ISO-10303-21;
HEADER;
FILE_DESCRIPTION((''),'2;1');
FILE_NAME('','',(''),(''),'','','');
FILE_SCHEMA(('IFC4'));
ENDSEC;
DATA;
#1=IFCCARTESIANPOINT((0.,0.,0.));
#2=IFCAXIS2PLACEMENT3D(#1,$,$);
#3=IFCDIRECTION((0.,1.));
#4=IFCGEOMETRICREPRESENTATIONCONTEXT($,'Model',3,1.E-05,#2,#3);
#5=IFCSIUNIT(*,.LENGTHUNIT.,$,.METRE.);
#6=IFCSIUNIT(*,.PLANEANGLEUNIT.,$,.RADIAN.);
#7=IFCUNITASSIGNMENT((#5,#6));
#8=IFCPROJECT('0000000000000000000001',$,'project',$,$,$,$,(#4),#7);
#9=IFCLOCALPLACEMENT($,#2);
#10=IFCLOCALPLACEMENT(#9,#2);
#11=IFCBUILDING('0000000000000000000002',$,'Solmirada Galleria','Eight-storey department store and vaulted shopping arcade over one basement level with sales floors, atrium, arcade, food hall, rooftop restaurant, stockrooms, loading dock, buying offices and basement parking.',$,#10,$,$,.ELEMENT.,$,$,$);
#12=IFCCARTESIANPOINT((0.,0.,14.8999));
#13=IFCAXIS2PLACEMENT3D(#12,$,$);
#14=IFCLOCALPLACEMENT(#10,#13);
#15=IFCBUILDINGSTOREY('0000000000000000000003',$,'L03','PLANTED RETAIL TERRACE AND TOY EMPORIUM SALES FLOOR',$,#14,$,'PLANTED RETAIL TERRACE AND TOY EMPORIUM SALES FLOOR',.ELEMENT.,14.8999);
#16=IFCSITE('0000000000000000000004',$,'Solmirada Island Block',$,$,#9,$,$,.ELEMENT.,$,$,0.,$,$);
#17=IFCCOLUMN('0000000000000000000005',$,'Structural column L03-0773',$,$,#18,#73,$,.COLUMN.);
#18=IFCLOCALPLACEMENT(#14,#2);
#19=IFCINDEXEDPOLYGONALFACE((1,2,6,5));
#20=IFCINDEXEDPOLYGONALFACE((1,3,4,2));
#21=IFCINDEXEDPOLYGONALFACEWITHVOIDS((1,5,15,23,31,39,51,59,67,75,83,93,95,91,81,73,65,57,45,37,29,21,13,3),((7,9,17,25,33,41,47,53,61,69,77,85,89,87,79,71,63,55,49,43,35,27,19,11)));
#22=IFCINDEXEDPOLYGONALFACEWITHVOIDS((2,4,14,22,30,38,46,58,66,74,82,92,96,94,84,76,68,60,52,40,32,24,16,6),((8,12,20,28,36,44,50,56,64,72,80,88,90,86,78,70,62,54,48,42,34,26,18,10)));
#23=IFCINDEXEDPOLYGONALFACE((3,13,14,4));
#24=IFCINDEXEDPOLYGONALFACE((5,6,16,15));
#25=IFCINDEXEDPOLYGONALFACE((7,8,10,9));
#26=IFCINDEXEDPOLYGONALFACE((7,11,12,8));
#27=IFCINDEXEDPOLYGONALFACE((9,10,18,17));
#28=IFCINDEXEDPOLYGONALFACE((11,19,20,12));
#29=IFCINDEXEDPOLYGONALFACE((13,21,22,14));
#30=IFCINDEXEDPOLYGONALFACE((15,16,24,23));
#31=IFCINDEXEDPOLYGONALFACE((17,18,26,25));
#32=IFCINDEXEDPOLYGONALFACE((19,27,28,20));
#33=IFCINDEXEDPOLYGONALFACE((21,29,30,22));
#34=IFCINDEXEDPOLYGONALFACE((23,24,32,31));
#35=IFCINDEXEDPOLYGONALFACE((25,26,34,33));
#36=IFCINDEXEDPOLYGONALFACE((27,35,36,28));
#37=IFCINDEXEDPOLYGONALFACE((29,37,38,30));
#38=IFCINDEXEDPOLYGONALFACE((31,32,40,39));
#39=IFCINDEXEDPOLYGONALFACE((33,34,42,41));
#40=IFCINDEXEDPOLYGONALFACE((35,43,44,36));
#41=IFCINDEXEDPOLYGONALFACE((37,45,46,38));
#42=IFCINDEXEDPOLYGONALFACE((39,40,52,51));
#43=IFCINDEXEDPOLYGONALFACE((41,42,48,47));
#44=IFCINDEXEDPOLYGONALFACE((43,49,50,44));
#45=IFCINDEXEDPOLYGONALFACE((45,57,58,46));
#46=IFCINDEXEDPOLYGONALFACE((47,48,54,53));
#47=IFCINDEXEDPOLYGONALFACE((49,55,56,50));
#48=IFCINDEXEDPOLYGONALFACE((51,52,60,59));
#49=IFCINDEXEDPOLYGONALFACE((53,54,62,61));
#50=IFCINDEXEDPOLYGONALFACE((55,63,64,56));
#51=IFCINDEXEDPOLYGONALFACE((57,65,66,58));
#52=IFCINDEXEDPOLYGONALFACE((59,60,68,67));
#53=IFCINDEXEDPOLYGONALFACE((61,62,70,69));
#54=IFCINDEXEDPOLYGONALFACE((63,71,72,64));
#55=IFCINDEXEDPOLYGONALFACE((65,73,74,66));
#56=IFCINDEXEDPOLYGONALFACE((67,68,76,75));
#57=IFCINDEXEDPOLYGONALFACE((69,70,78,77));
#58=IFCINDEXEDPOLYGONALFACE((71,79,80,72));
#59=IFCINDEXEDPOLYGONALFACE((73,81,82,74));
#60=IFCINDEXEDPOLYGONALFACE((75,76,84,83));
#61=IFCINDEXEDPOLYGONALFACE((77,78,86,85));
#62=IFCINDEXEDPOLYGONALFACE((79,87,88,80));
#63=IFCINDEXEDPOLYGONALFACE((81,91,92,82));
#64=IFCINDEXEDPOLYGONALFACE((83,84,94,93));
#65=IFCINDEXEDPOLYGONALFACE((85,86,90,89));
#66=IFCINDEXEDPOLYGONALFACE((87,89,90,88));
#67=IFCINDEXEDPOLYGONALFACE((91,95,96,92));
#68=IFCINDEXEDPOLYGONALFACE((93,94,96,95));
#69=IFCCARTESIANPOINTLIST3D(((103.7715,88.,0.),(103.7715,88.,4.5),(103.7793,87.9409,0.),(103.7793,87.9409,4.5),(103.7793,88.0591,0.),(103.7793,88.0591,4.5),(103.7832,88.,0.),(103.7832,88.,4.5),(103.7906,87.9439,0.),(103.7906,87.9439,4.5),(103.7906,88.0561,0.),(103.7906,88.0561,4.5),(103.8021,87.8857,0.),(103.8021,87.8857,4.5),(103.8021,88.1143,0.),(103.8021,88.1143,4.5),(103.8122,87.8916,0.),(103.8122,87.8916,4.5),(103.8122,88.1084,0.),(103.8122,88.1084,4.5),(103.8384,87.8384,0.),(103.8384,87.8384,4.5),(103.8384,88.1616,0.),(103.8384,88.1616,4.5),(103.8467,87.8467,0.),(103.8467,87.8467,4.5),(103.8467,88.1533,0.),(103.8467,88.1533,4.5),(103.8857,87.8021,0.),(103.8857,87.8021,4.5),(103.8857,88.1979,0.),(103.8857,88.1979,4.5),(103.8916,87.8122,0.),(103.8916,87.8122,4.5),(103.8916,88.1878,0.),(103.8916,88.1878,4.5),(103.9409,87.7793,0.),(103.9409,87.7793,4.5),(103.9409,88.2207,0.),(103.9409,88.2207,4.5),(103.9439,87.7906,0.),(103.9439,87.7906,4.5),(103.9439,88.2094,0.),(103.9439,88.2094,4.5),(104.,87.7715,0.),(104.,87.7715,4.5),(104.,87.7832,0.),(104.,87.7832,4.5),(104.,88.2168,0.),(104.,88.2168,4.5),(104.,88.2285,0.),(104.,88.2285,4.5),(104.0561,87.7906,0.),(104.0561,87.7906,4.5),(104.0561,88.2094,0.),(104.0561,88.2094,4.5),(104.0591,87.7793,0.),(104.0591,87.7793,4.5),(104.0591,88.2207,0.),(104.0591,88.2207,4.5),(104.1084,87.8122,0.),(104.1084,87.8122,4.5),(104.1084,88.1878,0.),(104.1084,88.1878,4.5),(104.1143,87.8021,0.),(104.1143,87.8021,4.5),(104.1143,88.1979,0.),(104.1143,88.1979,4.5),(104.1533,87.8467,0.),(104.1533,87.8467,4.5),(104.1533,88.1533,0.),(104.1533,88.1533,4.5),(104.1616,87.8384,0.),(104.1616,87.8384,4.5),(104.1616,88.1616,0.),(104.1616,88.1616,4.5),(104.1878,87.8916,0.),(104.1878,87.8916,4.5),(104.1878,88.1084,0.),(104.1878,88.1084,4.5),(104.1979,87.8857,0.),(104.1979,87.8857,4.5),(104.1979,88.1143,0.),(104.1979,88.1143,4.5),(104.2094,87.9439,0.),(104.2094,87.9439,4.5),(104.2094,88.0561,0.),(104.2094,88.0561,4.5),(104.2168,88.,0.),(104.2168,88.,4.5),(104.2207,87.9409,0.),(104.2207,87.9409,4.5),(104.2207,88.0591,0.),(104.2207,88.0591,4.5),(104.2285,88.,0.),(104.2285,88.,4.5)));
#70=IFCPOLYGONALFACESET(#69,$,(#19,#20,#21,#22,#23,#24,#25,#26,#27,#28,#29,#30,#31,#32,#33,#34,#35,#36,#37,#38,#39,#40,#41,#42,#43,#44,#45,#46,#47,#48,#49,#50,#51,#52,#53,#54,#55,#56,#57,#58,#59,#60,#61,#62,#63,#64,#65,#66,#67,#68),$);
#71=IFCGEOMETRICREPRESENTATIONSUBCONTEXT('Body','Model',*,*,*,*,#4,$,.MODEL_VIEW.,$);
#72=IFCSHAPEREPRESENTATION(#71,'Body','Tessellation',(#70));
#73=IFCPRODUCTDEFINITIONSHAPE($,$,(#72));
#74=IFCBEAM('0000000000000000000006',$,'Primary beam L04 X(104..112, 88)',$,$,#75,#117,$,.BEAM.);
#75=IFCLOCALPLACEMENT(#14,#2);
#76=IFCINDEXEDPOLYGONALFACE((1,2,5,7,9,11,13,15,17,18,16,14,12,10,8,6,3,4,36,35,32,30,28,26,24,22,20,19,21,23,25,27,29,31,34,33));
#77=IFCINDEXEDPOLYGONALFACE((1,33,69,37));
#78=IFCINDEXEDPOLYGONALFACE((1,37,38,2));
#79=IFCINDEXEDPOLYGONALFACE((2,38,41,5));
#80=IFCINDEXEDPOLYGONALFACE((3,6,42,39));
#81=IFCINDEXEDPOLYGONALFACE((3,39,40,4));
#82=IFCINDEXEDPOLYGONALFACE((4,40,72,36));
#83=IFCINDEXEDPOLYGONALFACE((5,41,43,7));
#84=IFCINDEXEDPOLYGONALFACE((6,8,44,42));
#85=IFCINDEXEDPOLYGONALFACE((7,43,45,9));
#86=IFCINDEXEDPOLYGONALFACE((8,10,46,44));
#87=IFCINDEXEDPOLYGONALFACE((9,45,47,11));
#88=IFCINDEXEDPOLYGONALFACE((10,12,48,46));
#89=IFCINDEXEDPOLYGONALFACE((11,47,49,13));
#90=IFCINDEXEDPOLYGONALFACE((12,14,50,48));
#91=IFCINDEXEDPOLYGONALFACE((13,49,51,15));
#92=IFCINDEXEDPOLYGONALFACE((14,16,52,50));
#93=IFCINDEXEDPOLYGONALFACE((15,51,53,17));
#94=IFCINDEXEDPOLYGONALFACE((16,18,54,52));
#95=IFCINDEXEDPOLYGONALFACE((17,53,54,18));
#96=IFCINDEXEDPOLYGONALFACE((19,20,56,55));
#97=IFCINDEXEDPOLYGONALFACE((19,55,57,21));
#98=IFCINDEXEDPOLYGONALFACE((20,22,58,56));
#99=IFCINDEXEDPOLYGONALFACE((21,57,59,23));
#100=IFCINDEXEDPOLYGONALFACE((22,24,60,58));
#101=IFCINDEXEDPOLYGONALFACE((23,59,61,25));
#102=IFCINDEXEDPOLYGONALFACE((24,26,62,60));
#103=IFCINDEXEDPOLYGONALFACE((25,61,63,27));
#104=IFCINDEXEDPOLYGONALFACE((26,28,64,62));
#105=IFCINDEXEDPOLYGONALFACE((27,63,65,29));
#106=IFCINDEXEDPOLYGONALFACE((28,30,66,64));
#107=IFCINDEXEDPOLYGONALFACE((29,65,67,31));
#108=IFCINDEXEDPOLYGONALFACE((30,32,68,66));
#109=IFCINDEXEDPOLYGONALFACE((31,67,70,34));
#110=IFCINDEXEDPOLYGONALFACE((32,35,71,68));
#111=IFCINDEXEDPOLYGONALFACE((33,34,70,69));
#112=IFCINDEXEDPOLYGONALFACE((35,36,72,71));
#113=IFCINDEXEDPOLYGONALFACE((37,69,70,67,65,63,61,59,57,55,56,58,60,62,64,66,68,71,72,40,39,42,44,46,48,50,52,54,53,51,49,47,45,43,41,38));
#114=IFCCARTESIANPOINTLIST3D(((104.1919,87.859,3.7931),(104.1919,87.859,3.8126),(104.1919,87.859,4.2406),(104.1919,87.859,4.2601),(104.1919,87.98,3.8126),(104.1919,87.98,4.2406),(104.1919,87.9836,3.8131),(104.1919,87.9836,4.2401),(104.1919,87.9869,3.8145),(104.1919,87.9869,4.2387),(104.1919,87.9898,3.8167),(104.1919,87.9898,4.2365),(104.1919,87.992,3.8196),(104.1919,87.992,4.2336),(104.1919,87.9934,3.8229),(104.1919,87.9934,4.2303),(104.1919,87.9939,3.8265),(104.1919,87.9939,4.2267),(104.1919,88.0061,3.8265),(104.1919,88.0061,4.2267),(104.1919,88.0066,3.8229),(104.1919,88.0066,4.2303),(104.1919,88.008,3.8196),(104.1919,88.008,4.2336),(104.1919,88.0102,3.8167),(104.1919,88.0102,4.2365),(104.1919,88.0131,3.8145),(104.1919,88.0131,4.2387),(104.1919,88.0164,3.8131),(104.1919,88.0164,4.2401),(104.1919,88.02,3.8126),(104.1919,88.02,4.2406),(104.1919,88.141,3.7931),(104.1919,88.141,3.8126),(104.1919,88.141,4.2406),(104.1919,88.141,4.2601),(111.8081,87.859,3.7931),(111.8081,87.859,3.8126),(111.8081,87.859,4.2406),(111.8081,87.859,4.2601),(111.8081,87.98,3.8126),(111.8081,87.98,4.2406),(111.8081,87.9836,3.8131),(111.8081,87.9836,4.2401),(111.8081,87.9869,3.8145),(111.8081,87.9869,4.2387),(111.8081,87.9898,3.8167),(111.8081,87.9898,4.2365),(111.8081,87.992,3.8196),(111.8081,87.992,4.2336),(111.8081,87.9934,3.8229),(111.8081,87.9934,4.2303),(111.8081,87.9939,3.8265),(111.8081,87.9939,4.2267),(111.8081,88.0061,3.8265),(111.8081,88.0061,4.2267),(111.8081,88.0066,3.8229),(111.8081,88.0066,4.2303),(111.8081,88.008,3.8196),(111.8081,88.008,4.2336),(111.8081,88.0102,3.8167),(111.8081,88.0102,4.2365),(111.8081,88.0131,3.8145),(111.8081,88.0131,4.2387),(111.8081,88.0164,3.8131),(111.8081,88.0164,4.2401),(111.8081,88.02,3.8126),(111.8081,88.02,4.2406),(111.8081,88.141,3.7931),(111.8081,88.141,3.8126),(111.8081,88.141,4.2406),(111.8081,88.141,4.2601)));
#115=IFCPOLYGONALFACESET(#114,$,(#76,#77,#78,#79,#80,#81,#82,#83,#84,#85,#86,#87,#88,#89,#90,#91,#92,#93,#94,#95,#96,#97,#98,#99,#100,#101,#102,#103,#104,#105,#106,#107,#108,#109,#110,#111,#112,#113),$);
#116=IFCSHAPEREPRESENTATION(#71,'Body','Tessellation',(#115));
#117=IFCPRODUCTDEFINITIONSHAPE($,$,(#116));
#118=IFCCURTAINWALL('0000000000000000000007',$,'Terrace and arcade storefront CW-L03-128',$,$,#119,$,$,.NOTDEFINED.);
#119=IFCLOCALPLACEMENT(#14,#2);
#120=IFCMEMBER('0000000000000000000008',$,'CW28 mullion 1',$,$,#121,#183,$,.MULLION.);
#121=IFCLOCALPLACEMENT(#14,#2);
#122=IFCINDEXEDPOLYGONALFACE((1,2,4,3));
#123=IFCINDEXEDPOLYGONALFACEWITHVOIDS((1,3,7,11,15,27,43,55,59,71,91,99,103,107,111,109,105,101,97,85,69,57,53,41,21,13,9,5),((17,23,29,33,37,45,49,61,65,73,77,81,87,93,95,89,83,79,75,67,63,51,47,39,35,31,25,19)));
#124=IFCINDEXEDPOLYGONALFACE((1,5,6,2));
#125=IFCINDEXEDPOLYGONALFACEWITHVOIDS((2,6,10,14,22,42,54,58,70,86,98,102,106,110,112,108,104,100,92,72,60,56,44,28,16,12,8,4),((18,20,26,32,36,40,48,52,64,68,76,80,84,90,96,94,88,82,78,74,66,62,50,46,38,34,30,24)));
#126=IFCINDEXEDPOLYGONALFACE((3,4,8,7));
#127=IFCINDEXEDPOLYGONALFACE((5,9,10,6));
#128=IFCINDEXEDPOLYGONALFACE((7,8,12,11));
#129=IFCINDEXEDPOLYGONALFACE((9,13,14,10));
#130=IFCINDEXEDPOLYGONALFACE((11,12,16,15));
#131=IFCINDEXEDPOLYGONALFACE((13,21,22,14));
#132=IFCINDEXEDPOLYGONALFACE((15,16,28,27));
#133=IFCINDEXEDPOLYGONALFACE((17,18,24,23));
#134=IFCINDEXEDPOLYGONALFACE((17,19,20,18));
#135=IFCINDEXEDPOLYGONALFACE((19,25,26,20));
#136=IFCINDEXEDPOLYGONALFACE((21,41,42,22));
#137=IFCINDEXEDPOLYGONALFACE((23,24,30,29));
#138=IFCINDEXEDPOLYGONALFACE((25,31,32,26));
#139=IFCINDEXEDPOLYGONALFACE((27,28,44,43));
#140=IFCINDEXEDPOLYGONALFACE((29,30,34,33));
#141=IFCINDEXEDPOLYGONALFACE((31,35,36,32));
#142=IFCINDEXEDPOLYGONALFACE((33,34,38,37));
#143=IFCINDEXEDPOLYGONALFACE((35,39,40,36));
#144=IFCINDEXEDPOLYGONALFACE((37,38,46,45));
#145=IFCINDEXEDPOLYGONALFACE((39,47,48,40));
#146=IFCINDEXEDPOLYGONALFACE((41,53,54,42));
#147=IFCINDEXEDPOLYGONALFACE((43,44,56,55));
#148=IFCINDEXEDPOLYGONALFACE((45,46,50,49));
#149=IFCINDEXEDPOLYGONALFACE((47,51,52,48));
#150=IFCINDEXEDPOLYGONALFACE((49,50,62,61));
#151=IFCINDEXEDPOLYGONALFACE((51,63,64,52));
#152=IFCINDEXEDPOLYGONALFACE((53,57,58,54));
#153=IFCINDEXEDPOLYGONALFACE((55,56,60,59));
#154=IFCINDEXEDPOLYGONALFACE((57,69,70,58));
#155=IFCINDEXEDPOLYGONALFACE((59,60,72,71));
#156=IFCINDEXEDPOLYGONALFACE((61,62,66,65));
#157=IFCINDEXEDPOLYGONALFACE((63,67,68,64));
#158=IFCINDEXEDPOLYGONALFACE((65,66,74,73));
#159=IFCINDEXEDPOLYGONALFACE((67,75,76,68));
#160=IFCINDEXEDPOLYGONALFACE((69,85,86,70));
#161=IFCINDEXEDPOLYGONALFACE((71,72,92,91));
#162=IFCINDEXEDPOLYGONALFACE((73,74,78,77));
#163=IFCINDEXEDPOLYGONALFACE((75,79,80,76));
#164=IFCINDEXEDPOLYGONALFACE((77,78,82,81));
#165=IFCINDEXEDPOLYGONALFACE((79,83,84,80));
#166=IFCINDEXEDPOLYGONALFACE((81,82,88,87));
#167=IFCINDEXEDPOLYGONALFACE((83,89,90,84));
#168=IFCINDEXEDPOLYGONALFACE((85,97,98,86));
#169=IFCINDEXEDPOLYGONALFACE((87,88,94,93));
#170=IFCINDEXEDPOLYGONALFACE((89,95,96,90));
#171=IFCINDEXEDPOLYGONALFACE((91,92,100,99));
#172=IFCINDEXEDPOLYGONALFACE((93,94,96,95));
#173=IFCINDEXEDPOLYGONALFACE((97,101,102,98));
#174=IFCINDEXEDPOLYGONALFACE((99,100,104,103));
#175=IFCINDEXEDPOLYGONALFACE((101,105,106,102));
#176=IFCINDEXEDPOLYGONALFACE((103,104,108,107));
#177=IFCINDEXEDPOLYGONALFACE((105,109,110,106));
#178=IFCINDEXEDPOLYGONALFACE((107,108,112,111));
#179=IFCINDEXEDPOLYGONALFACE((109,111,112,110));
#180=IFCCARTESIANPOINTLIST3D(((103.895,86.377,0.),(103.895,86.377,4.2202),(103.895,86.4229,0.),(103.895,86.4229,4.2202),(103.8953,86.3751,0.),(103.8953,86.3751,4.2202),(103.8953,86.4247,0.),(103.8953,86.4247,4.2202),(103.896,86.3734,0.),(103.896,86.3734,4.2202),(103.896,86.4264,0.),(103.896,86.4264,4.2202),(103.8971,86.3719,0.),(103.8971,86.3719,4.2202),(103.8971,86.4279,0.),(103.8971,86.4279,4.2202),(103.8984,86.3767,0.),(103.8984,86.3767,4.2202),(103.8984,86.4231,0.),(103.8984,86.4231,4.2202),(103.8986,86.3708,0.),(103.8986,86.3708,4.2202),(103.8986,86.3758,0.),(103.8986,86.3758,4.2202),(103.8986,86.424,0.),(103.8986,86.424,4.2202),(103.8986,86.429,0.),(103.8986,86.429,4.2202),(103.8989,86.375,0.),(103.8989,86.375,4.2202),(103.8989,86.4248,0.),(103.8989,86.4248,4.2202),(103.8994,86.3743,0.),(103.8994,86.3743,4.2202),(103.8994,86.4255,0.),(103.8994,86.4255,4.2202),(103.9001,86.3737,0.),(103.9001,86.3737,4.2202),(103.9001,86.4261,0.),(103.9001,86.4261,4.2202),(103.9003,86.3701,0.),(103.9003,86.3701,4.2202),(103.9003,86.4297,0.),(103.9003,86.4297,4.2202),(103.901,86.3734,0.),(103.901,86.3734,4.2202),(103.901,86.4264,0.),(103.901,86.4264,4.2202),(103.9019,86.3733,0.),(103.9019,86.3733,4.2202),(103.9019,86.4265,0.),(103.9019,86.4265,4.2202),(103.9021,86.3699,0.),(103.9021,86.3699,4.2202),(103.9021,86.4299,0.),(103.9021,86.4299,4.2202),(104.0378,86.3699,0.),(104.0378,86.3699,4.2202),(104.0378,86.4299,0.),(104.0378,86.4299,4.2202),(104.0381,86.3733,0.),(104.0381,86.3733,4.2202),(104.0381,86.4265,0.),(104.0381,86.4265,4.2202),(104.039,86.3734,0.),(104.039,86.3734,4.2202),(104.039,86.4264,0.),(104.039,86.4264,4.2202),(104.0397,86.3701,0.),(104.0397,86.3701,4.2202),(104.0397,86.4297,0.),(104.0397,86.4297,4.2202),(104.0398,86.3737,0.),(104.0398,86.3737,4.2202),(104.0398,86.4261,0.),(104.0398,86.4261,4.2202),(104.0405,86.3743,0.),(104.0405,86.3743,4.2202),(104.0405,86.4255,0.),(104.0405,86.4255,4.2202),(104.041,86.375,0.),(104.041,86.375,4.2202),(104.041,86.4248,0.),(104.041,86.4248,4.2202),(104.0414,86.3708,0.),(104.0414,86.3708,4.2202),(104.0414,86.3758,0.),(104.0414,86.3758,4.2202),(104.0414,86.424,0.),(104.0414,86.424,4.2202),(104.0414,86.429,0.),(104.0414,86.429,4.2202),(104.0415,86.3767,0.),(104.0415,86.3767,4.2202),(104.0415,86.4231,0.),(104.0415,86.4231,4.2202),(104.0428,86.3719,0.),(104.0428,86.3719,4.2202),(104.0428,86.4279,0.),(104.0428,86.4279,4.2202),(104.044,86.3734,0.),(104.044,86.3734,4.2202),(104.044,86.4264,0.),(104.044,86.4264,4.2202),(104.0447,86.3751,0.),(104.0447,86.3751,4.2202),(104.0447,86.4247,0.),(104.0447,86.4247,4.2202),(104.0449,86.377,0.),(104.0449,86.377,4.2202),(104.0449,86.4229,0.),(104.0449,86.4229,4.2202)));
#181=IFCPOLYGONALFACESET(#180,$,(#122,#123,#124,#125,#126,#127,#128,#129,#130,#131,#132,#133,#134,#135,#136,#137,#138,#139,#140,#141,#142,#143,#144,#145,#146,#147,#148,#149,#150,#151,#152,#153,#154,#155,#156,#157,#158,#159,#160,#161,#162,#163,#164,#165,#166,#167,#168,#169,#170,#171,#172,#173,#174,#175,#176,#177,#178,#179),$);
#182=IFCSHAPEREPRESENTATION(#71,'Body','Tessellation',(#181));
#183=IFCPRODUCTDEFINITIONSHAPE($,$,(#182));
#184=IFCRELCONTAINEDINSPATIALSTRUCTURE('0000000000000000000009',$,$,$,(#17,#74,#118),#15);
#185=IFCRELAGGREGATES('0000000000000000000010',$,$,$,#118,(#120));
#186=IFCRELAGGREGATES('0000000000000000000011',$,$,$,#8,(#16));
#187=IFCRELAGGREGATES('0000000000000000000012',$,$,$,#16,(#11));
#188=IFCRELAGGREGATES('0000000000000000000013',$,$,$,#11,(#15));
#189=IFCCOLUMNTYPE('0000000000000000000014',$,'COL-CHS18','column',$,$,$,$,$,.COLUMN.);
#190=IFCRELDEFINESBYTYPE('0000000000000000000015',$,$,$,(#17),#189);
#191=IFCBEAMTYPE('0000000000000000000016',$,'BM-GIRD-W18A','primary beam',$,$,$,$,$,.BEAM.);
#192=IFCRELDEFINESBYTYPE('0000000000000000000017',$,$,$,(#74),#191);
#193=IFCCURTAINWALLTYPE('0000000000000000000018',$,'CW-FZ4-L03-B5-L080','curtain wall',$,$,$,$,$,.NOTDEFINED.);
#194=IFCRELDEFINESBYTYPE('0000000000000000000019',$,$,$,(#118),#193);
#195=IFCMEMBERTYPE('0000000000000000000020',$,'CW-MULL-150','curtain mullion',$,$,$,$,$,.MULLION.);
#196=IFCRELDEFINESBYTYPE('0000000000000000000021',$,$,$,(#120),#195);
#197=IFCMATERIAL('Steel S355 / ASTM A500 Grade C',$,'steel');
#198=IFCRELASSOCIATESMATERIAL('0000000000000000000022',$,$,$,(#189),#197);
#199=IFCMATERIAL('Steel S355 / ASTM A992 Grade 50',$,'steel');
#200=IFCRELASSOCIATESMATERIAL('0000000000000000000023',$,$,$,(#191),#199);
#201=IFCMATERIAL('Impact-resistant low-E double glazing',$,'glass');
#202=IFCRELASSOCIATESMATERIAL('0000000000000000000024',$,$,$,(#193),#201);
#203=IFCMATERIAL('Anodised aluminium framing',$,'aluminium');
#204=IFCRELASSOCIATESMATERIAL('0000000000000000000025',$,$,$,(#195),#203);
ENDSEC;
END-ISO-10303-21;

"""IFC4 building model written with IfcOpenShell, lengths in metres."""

from ifc_helpers import new_model, si_unit, direction, frame, origin, origin_2d, place, context, subcontext, project, spatial, hollow_rectangle, hollow_circle, i_section, extrude, material, material_profile, profile_set, type_object, element, aggregate, save


model = new_model("IFC4")

# Units and contexts
model_context = context("Model", 3, precision=1e-05, world=origin(), true_north=direction((0.0, 1.0)))
body_context = subcontext(model_context, "Body", "Model", "MODEL_VIEW")
ifc_project = project(units=[si_unit("LENGTHUNIT", "METRE"), si_unit("PLANEANGLEUNIT", "RADIAN")], contexts=[model_context])

# Site, building, storey
site_placement = place(None, origin())
site = spatial("IfcSite", under=ifc_project, at=site_placement, Name="Solmirada Island Block", CompositionType="ELEMENT", RefElevation=0.0)
building_placement = place(site_placement, origin())
building = spatial("IfcBuilding", under=site, at=building_placement, Name="Solmirada Galleria", Description="Eight-storey department store and vaulted shopping arcade over one basement level with sales floors, atrium, arcade, food hall, rooftop restaurant, stockrooms, loading dock, buying offices and basement parking.", CompositionType="ELEMENT")
storey_placement = place(building_placement, frame((0.0, 0.0, 14.8999)))
storey = spatial("IfcBuildingStorey", under=building, at=storey_placement, Name="L03", Description="PLANTED RETAIL TERRACE AND TOY EMPORIUM SALES FLOOR", LongName="PLANTED RETAIL TERRACE AND TOY EMPORIUM SALES FLOOR", CompositionType="ELEMENT", Elevation=14.8999)

# Column
ifc_material_1 = material(Name="Steel S355 / ASTM A500 Grade C", Category="steel")
ifc_material_profile_1 = material_profile(ifc_material_1, hollow_circle(Radius=0.2285, WallThickness=0.0117, at=origin_2d()), Name="HSS18.000X0.500")
ifc_profile_set_1 = profile_set([ifc_material_profile_1], Name="Steel S355 / ASTM A500 Grade C")
column_type = type_object("IfcColumnType", Name="COL-CHS18", Description="column", PredefinedType="COLUMN", material=ifc_profile_set_1)
column_placement = place(storey_placement, frame((104.0, 88.0, 0.0), z_axis=(0.0, 0.0, 1.0), x_axis=(1.0, 0.0, 0.0)))
element("IfcColumn", 1, at=column_placement, inside=storey, type_object=column_type, Name="Structural column L03-0773", PredefinedType="COLUMN", context=body_context, shape_type="SweptSolid", body=[
    extrude(hollow_circle(Radius=0.2285, WallThickness=0.0117, at=origin_2d()), origin(), (0.0, 0.0, 1.0), 4.5),
])

# Beam
ifc_material_2 = material(Name="Steel S355 / ASTM A992 Grade 50", Category="steel")
ifc_material_profile_2 = material_profile(ifc_material_2, i_section(OverallWidth=0.282, OverallDepth=0.467, WebThickness=0.0122, FlangeThickness=0.0195, FilletRadius=0.0139, at=origin_2d()), Name="W18X86")
ifc_profile_set_2 = profile_set([ifc_material_profile_2], Name="Steel S355 / ASTM A992 Grade 50")
beam_type = type_object("IfcBeamType", Name="BM-GIRD-W18A", Description="primary beam", PredefinedType="BEAM", material=ifc_profile_set_2)
beam_placement = place(storey_placement, frame((104.1919, 88.0, 4.0266), z_axis=(1.0, 0.0, 0.0), x_axis=(0.0, 1.0, 0.0)))
element("IfcBeam", 2, at=beam_placement, inside=storey, type_object=beam_type, Name="Primary beam L04 X(104..112, 88)", PredefinedType="BEAM", context=body_context, shape_type="SweptSolid", body=[
    extrude(i_section(OverallWidth=0.282, OverallDepth=0.467, WebThickness=0.0122, FlangeThickness=0.0195, FilletRadius=0.0139, at=origin_2d()), origin(), (0.0, 0.0, 1.0), 7.6162),
])

# Curtain wall, member
ifc_material_3 = material(Name="Impact-resistant low-E double glazing", Category="glass")
curtain_wall_type_1 = type_object("IfcCurtainWallType", Name="CW-FZ4-L03-B5-L080", Description="curtain wall", PredefinedType="NOTDEFINED", material=ifc_material_3)
curtain_wall_1_placement = place(storey_placement, origin())
curtain_wall_1 = element("IfcCurtainWall", 3, at=curtain_wall_1_placement, inside=storey, type_object=curtain_wall_type_1, Name="Terrace and arcade storefront CW-L03-128", PredefinedType="NOTDEFINED")
ifc_material_4 = material(Name="Anodised aluminium framing", Category="aluminium")
ifc_material_profile_3 = material_profile(ifc_material_4, hollow_rectangle(XDim=0.0601, YDim=0.1499, WallThickness=0.0034, InnerFilletRadius=0.0034, OuterFilletRadius=0.0071, at=origin_2d()), Name="ALU-MULL-150X60")
ifc_profile_set_3 = profile_set([ifc_material_profile_3], Name="Anodised aluminium framing")
member_type_1 = type_object("IfcMemberType", Name="CW-MULL-150", Description="curtain mullion", PredefinedType="MULLION", material=ifc_profile_set_3)
member_1_placement = place(storey_placement, frame((103.97, 86.3999, 0.0), z_axis=(0.0, 0.0, 1.0), x_axis=(0.0, -1.0, 0.0)))
member_1 = element("IfcMember", 4, at=member_1_placement, type_object=member_type_1, Name="CW28 mullion 1", PredefinedType="MULLION", context=body_context, shape_type="SweptSolid", body=[
    extrude(hollow_rectangle(XDim=0.0601, YDim=0.1499, WallThickness=0.0034, InnerFilletRadius=0.0034, OuterFilletRadius=0.0071, at=origin_2d()), origin(), (0.0, 0.0, 1.0), 4.2202),
])

aggregate(curtain_wall_1, [member_1])

save(model, "model.ifc")
